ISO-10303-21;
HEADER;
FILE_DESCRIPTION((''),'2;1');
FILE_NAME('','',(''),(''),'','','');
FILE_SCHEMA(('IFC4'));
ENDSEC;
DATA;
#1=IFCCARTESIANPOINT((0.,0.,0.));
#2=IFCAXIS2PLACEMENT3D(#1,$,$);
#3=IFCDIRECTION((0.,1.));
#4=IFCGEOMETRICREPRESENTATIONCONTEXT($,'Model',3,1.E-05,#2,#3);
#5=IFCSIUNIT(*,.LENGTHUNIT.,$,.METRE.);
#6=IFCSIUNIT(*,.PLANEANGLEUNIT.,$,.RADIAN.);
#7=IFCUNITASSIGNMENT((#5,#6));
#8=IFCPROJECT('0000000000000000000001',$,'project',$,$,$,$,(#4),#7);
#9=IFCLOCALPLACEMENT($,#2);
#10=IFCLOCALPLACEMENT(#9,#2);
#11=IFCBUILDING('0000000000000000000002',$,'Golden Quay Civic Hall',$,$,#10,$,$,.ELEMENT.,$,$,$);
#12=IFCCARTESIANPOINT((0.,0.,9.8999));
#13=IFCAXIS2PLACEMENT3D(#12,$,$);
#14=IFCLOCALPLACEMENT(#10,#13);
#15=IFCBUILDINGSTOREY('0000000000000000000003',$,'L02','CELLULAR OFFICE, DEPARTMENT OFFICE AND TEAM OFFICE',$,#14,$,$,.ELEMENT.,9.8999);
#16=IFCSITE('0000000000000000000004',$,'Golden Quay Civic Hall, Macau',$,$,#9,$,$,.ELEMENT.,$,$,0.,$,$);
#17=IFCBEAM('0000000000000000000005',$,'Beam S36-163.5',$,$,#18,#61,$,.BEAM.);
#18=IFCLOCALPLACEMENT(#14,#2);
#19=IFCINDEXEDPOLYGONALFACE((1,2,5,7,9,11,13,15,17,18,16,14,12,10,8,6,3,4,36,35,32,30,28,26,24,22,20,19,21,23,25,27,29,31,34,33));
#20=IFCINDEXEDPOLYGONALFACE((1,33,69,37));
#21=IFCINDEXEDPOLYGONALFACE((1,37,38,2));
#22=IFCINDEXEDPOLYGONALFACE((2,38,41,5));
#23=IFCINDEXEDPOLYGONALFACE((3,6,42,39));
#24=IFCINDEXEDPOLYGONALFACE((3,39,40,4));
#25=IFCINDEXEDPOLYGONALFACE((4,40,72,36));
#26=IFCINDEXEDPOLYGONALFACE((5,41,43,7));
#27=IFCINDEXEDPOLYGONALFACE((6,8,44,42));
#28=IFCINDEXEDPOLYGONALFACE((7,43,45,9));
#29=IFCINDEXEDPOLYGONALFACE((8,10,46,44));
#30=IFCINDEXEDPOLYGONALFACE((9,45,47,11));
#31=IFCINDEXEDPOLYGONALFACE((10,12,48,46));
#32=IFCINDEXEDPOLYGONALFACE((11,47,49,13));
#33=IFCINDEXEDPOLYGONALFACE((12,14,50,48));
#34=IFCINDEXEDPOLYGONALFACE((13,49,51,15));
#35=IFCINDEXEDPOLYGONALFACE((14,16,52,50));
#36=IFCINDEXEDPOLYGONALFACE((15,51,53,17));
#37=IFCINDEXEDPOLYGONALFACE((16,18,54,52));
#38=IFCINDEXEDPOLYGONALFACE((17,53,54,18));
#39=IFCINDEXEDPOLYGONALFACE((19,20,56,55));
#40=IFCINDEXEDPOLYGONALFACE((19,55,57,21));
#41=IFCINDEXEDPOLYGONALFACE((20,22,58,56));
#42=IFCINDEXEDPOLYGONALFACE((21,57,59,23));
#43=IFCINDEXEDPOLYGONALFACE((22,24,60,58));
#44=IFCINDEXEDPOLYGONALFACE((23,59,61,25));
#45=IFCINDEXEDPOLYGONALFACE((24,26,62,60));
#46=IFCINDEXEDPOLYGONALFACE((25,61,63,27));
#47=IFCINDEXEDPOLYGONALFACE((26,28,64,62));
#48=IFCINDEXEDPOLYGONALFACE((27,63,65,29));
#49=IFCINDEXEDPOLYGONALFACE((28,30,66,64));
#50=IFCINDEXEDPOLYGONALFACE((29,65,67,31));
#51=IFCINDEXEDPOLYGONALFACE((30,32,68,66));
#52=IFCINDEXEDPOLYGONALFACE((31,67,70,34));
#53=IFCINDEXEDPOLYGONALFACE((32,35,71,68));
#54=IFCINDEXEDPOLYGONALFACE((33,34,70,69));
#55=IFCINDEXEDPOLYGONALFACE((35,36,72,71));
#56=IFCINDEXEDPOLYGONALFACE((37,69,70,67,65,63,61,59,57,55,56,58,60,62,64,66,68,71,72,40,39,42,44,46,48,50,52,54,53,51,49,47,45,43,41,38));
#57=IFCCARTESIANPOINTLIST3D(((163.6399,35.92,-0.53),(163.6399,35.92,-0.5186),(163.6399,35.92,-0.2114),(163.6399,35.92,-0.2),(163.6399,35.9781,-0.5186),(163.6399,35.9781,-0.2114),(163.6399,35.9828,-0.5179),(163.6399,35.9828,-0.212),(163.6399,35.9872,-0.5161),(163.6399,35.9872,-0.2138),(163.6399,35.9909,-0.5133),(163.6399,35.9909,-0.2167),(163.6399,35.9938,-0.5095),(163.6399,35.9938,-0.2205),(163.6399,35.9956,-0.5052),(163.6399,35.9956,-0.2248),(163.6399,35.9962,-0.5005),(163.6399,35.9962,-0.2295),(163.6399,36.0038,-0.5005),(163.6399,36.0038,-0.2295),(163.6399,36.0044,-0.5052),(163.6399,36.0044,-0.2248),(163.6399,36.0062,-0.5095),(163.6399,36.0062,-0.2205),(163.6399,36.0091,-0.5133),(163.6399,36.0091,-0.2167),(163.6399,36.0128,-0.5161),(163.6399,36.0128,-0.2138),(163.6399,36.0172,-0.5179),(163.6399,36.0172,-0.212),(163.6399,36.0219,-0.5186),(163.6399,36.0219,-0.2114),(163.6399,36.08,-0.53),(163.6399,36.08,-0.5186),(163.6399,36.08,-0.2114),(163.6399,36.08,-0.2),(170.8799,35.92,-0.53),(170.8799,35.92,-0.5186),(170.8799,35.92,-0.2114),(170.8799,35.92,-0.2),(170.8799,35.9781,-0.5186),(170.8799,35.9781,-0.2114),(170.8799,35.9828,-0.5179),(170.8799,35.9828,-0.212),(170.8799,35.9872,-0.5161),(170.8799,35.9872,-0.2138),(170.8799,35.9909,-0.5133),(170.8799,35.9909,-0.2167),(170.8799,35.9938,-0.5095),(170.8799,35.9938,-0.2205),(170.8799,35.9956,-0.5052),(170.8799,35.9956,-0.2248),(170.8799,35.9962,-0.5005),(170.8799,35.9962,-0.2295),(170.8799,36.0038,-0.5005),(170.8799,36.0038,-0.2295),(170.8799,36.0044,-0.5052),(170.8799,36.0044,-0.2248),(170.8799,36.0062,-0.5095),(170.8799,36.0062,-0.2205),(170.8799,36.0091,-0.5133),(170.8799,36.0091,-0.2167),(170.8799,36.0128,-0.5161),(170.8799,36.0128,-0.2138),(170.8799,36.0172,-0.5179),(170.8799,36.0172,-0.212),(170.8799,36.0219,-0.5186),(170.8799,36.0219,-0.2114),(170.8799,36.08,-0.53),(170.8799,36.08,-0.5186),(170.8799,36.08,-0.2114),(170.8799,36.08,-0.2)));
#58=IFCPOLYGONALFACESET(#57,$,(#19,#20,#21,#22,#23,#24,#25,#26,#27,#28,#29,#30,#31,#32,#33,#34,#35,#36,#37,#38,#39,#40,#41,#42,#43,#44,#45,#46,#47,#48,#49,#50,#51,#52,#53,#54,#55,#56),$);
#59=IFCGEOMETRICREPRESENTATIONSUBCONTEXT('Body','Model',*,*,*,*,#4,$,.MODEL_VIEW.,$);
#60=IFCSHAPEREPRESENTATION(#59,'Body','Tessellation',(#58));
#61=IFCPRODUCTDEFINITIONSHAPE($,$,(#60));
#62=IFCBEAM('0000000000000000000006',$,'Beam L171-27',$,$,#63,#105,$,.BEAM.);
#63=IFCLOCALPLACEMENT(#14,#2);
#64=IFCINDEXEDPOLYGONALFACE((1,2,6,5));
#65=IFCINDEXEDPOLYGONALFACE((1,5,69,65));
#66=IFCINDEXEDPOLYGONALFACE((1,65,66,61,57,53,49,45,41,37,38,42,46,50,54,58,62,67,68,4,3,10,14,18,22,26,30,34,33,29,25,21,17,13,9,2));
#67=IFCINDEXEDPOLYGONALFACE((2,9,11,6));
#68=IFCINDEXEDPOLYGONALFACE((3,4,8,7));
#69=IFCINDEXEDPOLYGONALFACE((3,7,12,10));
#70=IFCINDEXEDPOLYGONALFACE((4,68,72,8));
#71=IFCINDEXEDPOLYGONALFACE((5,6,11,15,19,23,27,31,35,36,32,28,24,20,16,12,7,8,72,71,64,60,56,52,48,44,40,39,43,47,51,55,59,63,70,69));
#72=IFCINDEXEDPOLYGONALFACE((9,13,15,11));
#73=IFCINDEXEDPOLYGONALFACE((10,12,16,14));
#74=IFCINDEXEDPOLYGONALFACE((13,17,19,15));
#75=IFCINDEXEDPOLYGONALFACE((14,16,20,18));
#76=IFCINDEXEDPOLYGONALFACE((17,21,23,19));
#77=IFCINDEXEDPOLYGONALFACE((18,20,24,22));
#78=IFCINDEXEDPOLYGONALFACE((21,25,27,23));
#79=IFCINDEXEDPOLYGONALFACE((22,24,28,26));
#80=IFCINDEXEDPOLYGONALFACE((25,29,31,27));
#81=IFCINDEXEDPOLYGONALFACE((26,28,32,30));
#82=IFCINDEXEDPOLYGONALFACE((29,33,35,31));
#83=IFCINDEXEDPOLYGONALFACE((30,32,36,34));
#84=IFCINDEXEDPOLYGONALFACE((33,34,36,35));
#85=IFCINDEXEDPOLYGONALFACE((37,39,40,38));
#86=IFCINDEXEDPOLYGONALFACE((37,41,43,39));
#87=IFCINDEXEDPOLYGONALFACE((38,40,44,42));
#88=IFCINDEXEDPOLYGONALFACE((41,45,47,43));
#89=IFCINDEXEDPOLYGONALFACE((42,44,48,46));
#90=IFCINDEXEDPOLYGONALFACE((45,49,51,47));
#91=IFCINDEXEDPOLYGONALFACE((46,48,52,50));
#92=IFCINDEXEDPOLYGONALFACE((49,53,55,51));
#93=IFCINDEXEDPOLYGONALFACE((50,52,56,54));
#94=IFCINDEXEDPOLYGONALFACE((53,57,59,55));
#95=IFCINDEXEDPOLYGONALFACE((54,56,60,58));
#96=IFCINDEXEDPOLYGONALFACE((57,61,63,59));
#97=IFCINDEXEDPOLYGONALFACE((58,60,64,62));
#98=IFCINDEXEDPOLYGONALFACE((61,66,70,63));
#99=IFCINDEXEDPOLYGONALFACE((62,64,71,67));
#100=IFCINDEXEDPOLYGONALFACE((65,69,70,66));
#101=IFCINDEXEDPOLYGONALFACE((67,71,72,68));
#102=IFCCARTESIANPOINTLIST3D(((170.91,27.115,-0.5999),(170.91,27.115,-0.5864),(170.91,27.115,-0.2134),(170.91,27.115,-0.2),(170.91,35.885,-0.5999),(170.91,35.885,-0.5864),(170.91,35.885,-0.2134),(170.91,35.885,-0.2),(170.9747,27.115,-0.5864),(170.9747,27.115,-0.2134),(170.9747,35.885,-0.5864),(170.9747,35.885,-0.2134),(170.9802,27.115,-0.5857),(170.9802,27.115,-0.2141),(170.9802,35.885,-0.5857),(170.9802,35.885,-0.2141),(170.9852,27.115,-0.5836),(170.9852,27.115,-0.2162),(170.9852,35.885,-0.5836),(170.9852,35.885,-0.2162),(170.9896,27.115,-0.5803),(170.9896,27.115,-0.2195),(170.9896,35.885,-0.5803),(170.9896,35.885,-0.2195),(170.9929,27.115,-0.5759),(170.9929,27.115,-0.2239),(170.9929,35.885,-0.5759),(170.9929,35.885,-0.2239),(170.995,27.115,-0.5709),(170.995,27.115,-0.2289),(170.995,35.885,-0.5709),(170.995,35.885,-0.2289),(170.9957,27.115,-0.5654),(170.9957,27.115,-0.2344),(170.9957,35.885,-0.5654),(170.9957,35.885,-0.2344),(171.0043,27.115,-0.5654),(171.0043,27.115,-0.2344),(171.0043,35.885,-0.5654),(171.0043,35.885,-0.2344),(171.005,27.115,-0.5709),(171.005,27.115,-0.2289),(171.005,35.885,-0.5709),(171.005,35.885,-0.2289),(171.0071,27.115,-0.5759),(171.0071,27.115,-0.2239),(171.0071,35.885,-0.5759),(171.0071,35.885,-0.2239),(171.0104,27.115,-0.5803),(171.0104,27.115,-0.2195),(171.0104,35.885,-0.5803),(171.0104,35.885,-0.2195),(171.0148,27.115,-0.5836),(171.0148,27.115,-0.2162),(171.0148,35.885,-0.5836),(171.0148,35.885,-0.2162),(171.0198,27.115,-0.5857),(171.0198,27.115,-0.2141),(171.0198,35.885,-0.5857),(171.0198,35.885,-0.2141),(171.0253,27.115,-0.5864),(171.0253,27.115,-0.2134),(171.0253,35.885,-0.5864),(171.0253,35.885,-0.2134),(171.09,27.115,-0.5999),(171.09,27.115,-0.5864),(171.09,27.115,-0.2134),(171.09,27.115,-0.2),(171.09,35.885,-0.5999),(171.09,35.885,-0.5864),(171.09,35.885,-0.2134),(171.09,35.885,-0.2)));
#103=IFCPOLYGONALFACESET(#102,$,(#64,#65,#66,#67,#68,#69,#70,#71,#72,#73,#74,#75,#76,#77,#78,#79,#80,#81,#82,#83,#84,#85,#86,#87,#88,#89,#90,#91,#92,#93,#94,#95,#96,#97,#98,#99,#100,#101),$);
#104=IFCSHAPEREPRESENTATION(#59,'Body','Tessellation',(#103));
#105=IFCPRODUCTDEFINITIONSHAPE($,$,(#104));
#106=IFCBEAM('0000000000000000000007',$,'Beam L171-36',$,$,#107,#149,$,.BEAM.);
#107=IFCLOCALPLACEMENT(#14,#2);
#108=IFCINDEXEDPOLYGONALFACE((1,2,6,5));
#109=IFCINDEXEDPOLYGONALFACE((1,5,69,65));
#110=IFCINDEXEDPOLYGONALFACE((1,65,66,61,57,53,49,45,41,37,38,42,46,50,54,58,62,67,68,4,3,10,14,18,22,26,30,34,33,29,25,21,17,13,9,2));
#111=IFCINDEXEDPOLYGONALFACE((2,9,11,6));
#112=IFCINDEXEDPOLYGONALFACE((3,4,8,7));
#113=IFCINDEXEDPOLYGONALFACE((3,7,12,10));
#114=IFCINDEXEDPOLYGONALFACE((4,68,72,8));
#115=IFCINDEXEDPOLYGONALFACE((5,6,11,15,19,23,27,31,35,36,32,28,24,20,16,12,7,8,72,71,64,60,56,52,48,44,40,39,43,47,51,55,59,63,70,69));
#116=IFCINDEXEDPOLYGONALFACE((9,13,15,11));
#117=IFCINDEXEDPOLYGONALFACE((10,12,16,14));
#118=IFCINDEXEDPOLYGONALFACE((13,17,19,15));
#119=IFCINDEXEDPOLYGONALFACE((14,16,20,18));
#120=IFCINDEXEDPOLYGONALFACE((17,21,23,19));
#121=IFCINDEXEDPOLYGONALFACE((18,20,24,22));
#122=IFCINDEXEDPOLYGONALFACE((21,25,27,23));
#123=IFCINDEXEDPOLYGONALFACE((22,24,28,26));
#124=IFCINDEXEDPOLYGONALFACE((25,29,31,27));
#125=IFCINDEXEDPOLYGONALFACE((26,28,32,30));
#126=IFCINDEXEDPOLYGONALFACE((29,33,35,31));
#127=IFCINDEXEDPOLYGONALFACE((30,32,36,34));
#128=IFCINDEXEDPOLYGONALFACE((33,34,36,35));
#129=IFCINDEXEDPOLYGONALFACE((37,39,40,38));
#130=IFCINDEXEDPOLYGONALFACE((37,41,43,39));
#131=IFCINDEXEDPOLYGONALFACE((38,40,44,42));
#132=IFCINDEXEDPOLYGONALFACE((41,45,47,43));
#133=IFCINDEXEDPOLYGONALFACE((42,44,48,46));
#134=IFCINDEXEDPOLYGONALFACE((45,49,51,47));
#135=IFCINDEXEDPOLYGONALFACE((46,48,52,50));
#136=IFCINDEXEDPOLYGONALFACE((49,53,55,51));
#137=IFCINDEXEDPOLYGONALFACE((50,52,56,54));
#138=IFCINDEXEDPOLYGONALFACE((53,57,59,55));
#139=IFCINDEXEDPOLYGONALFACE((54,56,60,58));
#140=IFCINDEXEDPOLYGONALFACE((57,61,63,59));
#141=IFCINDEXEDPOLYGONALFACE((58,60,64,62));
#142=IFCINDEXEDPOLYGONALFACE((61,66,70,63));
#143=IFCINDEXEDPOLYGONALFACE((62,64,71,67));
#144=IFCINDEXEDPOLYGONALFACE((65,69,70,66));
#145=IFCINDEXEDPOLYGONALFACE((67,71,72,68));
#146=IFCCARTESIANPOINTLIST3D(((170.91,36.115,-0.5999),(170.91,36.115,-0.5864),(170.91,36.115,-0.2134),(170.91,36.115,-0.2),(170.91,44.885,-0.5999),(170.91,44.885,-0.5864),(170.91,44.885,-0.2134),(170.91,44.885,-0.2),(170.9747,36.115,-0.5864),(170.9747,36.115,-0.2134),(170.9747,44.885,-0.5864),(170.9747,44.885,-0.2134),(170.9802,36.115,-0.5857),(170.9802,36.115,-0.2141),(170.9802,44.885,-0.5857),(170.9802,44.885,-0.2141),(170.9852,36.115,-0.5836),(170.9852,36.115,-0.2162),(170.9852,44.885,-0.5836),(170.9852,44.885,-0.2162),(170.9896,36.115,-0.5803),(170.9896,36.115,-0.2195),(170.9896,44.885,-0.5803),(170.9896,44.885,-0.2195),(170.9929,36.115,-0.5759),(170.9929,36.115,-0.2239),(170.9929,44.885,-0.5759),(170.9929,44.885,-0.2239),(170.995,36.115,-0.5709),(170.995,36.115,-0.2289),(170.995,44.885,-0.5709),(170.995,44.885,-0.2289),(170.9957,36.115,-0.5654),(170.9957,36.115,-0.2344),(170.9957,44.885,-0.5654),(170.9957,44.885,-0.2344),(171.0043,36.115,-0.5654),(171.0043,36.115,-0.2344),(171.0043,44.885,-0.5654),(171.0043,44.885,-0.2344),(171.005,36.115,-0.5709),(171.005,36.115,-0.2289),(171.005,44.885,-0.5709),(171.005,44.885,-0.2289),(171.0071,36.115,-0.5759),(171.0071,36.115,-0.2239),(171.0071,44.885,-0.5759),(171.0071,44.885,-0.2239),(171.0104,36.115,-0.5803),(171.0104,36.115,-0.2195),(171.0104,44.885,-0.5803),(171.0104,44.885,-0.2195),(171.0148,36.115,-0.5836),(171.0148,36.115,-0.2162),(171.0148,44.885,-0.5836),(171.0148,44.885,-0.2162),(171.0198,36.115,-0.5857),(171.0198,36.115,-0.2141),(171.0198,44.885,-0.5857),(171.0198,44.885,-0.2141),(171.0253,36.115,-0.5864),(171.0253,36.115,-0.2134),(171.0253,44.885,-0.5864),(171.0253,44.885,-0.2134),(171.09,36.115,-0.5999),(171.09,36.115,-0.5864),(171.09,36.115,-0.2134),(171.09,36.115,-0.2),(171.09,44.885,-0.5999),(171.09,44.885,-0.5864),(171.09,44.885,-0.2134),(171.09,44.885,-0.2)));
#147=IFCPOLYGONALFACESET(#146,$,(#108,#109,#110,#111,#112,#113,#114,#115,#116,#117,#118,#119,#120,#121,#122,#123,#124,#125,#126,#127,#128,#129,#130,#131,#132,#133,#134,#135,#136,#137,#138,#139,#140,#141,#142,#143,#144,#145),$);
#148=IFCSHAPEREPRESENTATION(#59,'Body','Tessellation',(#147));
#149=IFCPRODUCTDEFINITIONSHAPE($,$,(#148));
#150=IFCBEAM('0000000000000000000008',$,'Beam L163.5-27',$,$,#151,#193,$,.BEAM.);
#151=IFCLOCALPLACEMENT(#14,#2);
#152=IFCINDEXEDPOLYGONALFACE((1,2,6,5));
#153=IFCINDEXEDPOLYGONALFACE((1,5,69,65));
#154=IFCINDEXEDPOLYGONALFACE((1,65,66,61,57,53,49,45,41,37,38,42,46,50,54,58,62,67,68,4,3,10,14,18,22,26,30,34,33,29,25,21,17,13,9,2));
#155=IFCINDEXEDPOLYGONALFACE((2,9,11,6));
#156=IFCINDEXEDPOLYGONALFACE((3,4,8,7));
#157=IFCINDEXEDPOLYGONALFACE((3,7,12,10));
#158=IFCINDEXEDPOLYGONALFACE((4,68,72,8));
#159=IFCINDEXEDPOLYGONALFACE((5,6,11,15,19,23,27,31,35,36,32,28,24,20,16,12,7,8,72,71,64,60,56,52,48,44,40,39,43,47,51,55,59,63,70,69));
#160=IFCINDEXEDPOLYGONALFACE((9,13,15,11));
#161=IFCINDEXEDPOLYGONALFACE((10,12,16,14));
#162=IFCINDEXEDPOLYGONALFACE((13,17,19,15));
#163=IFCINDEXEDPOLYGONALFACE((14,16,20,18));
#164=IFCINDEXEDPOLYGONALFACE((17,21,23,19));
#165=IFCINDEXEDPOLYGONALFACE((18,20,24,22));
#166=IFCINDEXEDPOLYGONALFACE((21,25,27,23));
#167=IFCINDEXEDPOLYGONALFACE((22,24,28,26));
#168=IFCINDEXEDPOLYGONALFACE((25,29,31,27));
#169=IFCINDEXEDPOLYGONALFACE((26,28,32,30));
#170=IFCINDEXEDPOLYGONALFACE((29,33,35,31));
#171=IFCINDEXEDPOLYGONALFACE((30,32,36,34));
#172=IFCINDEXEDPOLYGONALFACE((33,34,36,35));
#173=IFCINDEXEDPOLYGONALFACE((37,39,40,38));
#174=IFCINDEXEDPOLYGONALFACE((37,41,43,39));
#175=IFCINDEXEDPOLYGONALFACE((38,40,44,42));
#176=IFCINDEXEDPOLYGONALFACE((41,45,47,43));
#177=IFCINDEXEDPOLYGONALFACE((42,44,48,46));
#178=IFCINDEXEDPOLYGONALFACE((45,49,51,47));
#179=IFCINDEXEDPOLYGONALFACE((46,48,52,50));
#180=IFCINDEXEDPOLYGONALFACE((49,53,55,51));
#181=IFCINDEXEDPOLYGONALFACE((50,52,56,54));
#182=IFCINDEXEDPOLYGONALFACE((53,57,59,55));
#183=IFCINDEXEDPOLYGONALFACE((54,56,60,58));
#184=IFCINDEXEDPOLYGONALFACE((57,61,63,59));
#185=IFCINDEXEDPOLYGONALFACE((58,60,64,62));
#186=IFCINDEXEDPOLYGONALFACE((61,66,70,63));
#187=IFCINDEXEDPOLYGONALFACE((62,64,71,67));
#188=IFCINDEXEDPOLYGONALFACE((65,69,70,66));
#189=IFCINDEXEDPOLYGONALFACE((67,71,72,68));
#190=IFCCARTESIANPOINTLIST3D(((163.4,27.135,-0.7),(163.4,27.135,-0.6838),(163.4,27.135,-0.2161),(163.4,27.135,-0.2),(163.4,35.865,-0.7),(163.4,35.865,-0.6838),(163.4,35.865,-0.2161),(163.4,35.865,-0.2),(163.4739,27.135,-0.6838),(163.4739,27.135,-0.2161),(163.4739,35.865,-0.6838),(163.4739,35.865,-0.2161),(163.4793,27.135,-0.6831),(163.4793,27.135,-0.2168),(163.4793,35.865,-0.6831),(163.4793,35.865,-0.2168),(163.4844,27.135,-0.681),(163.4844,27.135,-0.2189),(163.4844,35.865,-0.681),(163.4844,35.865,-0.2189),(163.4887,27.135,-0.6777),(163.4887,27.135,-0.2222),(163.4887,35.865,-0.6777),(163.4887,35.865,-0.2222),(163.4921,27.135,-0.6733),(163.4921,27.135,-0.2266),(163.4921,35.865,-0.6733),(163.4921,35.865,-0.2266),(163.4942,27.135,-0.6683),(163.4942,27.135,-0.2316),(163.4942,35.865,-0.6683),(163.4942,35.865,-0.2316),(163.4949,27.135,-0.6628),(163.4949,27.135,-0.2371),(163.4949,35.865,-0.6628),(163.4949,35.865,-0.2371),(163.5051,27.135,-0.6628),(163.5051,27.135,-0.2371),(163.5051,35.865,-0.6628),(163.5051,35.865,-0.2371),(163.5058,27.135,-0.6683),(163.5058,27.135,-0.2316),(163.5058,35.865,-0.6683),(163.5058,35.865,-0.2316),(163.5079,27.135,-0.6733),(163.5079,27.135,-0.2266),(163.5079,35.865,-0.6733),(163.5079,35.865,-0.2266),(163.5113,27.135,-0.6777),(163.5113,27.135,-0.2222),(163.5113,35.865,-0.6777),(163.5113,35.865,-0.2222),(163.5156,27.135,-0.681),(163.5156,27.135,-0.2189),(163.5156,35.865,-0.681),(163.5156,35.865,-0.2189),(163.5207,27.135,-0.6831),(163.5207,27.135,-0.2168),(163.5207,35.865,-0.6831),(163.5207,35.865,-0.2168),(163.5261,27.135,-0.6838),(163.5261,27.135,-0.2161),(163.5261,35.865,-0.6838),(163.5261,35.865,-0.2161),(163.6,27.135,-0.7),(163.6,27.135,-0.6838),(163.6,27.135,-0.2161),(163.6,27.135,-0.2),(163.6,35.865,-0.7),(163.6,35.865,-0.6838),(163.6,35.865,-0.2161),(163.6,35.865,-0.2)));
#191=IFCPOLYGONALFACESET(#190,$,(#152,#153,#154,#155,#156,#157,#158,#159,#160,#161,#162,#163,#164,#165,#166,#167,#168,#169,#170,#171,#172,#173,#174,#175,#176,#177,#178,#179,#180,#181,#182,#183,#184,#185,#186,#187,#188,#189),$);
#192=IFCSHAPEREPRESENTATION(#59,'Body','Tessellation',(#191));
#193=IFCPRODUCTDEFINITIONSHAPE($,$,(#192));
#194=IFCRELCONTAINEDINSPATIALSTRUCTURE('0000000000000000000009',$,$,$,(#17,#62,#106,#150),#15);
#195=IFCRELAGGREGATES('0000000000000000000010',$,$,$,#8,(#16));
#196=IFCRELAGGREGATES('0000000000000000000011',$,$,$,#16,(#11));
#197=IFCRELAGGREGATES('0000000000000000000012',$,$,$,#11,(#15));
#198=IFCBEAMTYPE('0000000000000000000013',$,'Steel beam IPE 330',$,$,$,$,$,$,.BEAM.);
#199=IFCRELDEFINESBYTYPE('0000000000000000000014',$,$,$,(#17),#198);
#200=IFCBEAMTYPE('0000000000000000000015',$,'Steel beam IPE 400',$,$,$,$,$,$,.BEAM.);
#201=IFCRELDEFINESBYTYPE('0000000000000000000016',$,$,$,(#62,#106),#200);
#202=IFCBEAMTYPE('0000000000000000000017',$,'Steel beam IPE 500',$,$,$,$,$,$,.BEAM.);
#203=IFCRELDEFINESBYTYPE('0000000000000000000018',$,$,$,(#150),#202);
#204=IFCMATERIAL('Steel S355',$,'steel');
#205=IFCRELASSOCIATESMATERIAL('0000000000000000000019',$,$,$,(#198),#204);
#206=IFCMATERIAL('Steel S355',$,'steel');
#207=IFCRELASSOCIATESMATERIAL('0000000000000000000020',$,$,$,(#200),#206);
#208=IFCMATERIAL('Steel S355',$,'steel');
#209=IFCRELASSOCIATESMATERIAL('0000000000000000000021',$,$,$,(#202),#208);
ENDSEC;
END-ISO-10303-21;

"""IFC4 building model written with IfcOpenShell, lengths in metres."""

from ifc_helpers import new_model, si_unit, direction, frame, origin, origin_2d, place, context, subcontext, project, spatial, i_section, extrude, material, material_profile, profile_set, type_object, element, save


model = new_model("IFC4")

# Units and contexts
model_context = context("Model", 3, precision=1e-05, world=origin(), true_north=direction((0.0, 1.0)))
body_context = subcontext(model_context, "Body", "Model", "MODEL_VIEW")
ifc_project = project(units=[si_unit("LENGTHUNIT", "METRE"), si_unit("PLANEANGLEUNIT", "RADIAN")], contexts=[model_context])

# Site, building, storey
site_placement = place(None, origin())
site = spatial("IfcSite", under=ifc_project, at=site_placement, Name="Golden Quay Civic Hall, Macau", CompositionType="ELEMENT", RefElevation=0.0)
building_placement = place(site_placement, origin())
building = spatial("IfcBuilding", under=site, at=building_placement, Name="Golden Quay Civic Hall", CompositionType="ELEMENT")
storey_placement = place(building_placement, frame((0.0, 0.0, 9.8999)))
storey = spatial("IfcBuildingStorey", under=building, at=storey_placement, Name="L02", Description="CELLULAR OFFICE, DEPARTMENT OFFICE AND TEAM OFFICE", CompositionType="ELEMENT", Elevation=9.8999)

# Beams
ifc_material_1 = material(Name="Steel S355", Category="steel")
ifc_material_profile_1 = material_profile(ifc_material_1, i_section(OverallWidth=0.1599, OverallDepth=0.3301, WebThickness=0.0076, FlangeThickness=0.0115, FilletRadius=0.0181, at=origin_2d()), Name="IPE 330")
ifc_profile_set_1 = profile_set([ifc_material_profile_1], Name="Steel S355")
beam_type_1 = type_object("IfcBeamType", Name="Steel beam IPE 330", PredefinedType="BEAM", material=ifc_profile_set_1)
for number, where, z_axis, x_axis, name in (
    (1, (163.6399, 36.0, -0.365), (1.0, 0.0, 0.0), (0.0, 1.0, 0.0), "Beam S36-163.5"),
):
    element("IfcBeam", number, at=place(storey_placement, frame(where, z_axis=z_axis, x_axis=x_axis)), inside=storey, type_object=beam_type_1, Name=name, PredefinedType="BEAM", context=body_context, shape_type="SweptSolid", body=[
        extrude(i_section(OverallWidth=0.1599, OverallDepth=0.3301, WebThickness=0.0076, FlangeThickness=0.0115, FilletRadius=0.0181, at=origin_2d()), origin(), (0.0, 0.0, 1.0), 7.24),
    ])
ifc_material_2 = material(Name="Steel S355", Category="steel")
ifc_material_profile_2 = material_profile(ifc_material_2, i_section(OverallWidth=0.1799, OverallDepth=0.3999, WebThickness=0.0085, FlangeThickness=0.0134, FilletRadius=0.021, at=origin_2d()), Name="IPE 400")
ifc_profile_set_2 = profile_set([ifc_material_profile_2], Name="Steel S355")
beam_type_2 = type_object("IfcBeamType", Name="Steel beam IPE 400", PredefinedType="BEAM", material=ifc_profile_set_2)
for number, where, z_axis, x_axis, name in (
    (2, (171.0, 27.115, -0.3999), (0.0, 1.0, 0.0), (-1.0, 0.0, 0.0), "Beam L171-27"),
    (3, (171.0, 36.115, -0.3999), (0.0, 1.0, 0.0), (-1.0, 0.0, 0.0), "Beam L171-36"),
):
    element("IfcBeam", number, at=place(storey_placement, frame(where, z_axis=z_axis, x_axis=x_axis)), inside=storey, type_object=beam_type_2, Name=name, PredefinedType="BEAM", context=body_context, shape_type="SweptSolid", body=[
        extrude(i_section(OverallWidth=0.1799, OverallDepth=0.3999, WebThickness=0.0085, FlangeThickness=0.0134, FilletRadius=0.021, at=origin_2d()), origin(), (0.0, 0.0, 1.0), 8.77),
    ])
ifc_material_3 = material(Name="Steel S355", Category="steel")
ifc_material_profile_3 = material_profile(ifc_material_3, i_section(OverallWidth=0.2, OverallDepth=0.5, WebThickness=0.0103, FlangeThickness=0.0161, FilletRadius=0.021, at=origin_2d()), Name="IPE 500")
ifc_profile_set_3 = profile_set([ifc_material_profile_3], Name="Steel S355")
beam_type_3 = type_object("IfcBeamType", Name="Steel beam IPE 500", PredefinedType="BEAM", material=ifc_profile_set_3)
for number, where, z_axis, x_axis, name in (
    (4, (163.5, 27.135, -0.45), (0.0, 1.0, 0.0), (-1.0, 0.0, 0.0), "Beam L163.5-27"),
):
    element("IfcBeam", number, at=place(storey_placement, frame(where, z_axis=z_axis, x_axis=x_axis)), inside=storey, type_object=beam_type_3, Name=name, PredefinedType="BEAM", context=body_context, shape_type="SweptSolid", body=[
        extrude(i_section(OverallWidth=0.2, OverallDepth=0.5, WebThickness=0.0103, FlangeThickness=0.0161, FilletRadius=0.021, at=origin_2d()), origin(), (0.0, 0.0, 1.0), 8.73),
    ])

save(model, "model.ifc")
